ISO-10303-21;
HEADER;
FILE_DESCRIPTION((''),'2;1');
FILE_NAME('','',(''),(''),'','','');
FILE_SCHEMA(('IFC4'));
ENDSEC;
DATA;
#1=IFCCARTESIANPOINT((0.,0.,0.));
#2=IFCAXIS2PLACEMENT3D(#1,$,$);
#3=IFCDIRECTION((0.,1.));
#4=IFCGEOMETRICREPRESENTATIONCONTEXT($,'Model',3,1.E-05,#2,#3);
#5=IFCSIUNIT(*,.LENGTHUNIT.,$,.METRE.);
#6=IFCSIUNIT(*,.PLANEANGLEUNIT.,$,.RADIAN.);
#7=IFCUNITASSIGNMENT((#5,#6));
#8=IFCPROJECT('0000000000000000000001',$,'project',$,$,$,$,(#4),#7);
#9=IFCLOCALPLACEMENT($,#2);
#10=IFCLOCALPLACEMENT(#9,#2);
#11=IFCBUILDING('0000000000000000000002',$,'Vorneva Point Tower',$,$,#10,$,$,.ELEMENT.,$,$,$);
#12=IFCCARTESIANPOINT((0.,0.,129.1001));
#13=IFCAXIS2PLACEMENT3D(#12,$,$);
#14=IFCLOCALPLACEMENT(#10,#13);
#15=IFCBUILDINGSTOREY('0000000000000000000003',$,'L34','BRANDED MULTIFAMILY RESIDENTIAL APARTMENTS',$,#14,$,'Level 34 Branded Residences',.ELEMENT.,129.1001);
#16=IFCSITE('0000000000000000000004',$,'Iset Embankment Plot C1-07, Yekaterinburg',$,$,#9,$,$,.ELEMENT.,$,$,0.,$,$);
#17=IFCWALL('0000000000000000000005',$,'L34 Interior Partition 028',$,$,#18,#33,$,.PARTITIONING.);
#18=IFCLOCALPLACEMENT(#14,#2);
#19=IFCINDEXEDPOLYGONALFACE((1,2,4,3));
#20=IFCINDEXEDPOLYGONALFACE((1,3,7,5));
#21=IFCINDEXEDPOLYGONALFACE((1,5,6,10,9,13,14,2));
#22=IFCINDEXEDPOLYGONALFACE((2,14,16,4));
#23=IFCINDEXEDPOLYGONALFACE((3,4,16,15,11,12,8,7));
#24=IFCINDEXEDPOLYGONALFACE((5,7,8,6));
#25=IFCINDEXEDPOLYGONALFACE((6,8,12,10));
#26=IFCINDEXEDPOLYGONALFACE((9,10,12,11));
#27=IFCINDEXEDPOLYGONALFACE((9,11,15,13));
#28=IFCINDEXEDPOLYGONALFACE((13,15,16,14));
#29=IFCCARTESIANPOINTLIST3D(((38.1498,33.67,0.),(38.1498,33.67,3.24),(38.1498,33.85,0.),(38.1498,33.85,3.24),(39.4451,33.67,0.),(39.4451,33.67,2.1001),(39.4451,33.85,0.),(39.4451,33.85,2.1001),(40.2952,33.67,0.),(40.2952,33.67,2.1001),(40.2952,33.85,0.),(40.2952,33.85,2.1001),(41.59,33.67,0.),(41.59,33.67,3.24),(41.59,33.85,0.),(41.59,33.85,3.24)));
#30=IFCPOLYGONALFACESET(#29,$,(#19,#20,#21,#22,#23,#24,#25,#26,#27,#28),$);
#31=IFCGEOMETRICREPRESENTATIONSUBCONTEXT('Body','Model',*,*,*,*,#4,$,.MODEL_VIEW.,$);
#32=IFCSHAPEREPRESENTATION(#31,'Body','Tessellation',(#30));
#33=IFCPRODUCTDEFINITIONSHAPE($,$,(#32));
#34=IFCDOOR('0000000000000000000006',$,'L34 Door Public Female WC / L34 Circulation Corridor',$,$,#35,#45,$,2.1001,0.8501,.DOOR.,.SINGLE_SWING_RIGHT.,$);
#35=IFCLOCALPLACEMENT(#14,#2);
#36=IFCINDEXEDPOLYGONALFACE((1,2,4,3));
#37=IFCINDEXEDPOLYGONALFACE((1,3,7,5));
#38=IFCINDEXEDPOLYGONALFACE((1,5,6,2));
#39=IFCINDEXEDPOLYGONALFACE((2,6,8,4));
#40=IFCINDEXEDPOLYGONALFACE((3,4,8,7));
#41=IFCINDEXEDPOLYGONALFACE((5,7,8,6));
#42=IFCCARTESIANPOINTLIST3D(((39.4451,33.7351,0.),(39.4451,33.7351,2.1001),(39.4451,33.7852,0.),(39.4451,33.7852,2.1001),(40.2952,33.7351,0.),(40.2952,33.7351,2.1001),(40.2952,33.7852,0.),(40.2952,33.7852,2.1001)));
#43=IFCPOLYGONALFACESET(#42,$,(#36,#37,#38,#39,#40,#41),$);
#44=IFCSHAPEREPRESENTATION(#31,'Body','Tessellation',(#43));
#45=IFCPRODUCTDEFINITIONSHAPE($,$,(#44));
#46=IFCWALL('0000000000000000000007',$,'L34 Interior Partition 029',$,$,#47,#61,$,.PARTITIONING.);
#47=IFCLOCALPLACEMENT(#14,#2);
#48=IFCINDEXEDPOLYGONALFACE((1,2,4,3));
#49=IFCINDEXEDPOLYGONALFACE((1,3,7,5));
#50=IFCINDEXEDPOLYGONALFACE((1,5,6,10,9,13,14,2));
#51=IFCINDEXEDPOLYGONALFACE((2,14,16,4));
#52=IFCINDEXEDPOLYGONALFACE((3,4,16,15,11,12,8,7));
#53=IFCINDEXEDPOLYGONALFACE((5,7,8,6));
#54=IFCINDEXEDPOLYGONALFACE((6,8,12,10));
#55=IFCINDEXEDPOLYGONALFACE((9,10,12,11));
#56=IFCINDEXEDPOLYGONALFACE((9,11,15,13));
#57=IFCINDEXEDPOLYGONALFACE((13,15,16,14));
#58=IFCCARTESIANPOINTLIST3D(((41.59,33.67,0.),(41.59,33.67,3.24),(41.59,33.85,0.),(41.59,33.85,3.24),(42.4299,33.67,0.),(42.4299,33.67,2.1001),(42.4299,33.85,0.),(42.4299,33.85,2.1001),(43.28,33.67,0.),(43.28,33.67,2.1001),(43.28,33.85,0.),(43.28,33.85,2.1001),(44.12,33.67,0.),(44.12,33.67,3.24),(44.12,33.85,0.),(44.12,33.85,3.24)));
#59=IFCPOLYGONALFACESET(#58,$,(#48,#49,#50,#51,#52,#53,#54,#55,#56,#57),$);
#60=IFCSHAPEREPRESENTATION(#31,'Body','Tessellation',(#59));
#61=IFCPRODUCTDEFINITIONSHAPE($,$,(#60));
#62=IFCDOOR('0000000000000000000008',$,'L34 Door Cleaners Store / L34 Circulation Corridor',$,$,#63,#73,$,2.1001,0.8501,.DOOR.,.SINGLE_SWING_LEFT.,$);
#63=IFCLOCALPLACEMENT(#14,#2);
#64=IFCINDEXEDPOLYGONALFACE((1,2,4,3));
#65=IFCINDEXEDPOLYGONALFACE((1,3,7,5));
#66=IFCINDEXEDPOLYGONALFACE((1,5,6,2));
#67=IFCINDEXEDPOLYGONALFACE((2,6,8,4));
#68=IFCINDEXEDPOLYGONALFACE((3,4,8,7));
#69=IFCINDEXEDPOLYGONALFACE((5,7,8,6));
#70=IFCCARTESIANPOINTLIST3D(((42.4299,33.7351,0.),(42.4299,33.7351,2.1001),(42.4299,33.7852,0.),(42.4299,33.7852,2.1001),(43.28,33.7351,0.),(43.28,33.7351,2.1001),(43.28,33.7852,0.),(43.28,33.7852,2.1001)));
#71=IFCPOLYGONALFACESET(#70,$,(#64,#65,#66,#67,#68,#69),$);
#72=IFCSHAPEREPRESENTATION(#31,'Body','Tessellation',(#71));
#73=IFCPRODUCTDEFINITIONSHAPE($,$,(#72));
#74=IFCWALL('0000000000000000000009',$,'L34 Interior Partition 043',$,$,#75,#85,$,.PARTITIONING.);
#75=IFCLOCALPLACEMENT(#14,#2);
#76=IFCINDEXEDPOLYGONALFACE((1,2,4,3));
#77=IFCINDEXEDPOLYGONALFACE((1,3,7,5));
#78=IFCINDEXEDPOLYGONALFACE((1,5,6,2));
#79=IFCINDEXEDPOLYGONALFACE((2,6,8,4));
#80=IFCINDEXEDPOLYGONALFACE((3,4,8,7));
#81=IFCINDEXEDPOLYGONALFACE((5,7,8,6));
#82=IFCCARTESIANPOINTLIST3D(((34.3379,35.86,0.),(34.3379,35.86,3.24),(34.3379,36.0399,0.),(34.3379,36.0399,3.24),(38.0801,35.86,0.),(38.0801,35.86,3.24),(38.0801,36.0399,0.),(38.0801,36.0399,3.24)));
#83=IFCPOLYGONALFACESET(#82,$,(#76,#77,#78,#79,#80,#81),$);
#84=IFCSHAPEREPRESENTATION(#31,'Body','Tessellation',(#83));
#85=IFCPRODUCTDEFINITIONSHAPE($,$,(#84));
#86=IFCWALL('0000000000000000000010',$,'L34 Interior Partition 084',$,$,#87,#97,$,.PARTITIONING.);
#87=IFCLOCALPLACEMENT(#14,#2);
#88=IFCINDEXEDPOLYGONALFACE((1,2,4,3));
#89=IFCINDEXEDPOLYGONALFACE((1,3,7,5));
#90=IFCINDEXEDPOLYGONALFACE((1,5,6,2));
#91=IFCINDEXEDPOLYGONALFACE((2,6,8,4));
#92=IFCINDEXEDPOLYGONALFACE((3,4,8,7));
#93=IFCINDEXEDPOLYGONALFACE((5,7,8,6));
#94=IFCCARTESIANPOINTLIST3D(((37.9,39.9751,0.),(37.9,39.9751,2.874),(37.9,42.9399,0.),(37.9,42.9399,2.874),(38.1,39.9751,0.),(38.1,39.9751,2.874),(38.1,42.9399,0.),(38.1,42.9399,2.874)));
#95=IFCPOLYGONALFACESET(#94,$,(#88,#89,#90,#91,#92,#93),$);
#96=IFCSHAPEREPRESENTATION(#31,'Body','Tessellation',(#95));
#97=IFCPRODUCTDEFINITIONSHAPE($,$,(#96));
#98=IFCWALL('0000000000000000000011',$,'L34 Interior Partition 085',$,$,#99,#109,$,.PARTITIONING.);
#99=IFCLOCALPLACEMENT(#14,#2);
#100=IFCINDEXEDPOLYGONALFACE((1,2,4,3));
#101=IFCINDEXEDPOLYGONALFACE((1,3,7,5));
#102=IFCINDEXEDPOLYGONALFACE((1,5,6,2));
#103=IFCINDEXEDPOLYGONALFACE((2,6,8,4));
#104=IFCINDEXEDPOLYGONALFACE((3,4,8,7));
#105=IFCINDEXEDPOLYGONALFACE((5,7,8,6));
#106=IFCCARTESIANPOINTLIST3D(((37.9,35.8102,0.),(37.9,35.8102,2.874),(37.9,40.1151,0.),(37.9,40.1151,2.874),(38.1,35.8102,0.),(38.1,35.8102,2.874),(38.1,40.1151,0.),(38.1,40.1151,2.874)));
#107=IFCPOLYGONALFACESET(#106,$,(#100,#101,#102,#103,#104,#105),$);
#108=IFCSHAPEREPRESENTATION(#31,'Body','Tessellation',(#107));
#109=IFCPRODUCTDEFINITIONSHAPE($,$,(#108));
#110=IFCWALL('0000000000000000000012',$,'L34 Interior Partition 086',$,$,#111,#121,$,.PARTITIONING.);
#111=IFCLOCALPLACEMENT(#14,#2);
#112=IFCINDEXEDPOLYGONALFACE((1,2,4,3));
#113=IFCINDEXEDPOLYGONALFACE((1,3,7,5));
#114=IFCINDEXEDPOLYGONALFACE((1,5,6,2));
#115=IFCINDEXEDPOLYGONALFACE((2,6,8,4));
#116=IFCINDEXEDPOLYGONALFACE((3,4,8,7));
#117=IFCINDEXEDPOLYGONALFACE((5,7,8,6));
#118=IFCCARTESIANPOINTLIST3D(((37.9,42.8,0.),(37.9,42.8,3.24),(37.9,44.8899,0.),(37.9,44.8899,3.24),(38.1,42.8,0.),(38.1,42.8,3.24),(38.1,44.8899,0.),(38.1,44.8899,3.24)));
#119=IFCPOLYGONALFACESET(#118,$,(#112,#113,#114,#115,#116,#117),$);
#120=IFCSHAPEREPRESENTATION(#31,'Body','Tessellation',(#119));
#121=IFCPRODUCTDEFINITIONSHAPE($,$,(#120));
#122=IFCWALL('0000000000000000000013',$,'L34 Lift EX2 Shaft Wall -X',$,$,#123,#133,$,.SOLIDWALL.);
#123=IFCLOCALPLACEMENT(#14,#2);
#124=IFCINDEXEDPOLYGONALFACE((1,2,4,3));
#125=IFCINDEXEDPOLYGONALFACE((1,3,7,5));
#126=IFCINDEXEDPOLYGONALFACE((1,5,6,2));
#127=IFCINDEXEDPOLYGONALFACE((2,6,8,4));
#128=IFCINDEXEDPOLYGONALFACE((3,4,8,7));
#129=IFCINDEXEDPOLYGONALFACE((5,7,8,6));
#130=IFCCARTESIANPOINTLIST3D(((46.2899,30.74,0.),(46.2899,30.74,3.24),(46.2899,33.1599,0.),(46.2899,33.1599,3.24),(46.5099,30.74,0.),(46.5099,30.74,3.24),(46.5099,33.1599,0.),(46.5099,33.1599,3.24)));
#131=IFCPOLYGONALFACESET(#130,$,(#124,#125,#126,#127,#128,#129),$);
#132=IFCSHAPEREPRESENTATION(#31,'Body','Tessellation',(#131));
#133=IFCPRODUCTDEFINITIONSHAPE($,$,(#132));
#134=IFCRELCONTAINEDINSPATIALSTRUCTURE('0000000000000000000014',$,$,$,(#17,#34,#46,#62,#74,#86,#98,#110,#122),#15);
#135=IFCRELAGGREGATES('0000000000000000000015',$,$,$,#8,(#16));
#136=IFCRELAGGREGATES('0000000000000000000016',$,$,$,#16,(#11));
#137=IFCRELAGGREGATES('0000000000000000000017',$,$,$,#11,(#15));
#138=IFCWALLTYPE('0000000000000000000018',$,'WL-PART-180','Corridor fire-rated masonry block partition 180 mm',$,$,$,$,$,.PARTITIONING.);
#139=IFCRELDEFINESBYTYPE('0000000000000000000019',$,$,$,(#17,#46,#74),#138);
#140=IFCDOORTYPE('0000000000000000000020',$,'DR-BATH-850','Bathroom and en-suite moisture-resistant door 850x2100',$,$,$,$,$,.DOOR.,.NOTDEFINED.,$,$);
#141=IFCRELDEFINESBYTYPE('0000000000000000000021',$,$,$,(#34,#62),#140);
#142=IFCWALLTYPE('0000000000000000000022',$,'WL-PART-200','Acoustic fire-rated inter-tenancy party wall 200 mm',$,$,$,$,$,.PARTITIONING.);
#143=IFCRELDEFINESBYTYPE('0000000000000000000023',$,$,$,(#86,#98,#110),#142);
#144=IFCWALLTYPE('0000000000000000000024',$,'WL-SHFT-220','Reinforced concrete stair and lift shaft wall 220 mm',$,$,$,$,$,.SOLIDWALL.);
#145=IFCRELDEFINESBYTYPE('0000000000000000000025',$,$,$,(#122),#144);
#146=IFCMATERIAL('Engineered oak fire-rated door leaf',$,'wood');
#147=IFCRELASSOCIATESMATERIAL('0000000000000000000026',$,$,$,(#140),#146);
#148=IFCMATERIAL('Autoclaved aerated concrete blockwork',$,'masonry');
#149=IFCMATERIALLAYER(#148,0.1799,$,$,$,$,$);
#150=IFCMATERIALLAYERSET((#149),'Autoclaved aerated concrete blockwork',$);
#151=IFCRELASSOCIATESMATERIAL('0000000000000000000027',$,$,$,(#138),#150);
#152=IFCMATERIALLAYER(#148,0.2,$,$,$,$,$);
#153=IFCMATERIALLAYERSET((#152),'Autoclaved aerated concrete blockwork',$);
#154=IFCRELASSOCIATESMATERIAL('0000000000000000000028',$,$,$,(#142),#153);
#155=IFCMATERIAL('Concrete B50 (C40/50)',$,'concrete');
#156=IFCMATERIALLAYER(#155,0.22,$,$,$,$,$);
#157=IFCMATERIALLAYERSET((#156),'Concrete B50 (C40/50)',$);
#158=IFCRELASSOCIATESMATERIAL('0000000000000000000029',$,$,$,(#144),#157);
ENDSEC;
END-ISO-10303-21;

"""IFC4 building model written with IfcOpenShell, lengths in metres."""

from ifc_helpers import new_model, si_unit, direction, frame, frame_2d, origin, place, context, subcontext, project, spatial, rectangle, extrude, material, layer, layer_set, type_object, element, fill, save


model = new_model("IFC4")

# Units and contexts
model_context = context("Model", 3, precision=1e-05, world=origin(), true_north=direction((0.0, 1.0)))
body_context = subcontext(model_context, "Body", "Model", "MODEL_VIEW")
ifc_project = project(units=[si_unit("LENGTHUNIT", "METRE"), si_unit("PLANEANGLEUNIT", "RADIAN")], contexts=[model_context])

# Site, building, storey
site_placement = place(None, origin())
site = spatial("IfcSite", under=ifc_project, at=site_placement, Name="Iset Embankment Plot C1-07, Yekaterinburg", CompositionType="ELEMENT", RefElevation=0.0)
building_placement = place(site_placement, origin())
building = spatial("IfcBuilding", under=site, at=building_placement, Name="Vorneva Point Tower", CompositionType="ELEMENT")
storey_placement = place(building_placement, frame((0.0, 0.0, 129.1001)))
storey = spatial("IfcBuildingStorey", under=building, at=storey_placement, Name="L34", Description="BRANDED MULTIFAMILY RESIDENTIAL APARTMENTS", LongName="Level 34 Branded Residences", CompositionType="ELEMENT", Elevation=129.1001)

# Shared definitions
ifc_material_1 = material(Name="Engineered oak fire-rated door leaf", Category="wood")
door_type_1 = type_object("IfcDoorType", Name="DR-BATH-850", Description="Bathroom and en-suite moisture-resistant door 850x2100", OperationType="NOTDEFINED", PredefinedType="DOOR", material=ifc_material_1)

# Walls, openings, doors
ifc_material_2 = material(Name="Autoclaved aerated concrete blockwork", Category="masonry")
ifc_layer_1 = layer(ifc_material_2, 0.1799)
ifc_layer_set_1 = layer_set([ifc_layer_1], Name="Autoclaved aerated concrete blockwork")
wall_type_1 = type_object("IfcWallType", Name="WL-PART-180", Description="Corridor fire-rated masonry block partition 180 mm", PredefinedType="PARTITIONING", material=ifc_layer_set_1)
wall_1_placement = place(storey_placement, frame((41.5901, 33.76, 0.0), z_axis=(0.0, 0.0, 1.0), x_axis=(-1.0, 0.0, 0.0)))
wall_1 = element("IfcWall", 1, at=wall_1_placement, inside=storey, type_object=wall_type_1, Name="L34 Interior Partition 028", PredefinedType="PARTITIONING", context=body_context, shape_type="SweptSolid", body=[
    extrude(rectangle(XDim=3.4402, YDim=0.1799, at=frame_2d((1.7202, 0.0))), origin(), (0.0, 0.0, 1.0), 3.24),
])
opening_1_placement = place(wall_1_placement, frame((1.2949, 0.0, 0.0)))
opening_1 = element("IfcOpeningElement", 2, at=opening_1_placement, cuts=wall_1, PredefinedType="OPENING", context=body_context, shape_type="SweptSolid", body=[
    extrude(rectangle(XDim=0.8501, YDim=2.1001, at=frame_2d((0.425, 1.05))), frame((0.0, 0.105, 0.0), z_axis=(0.0, -1.0, 0.0), x_axis=(1.0, 0.0, 0.0)), (0.0, 0.0, 1.0), 0.2097),
])
door_1_placement = place(opening_1_placement, origin())
door_1 = element("IfcDoor", 3, at=door_1_placement, inside=storey, type_object=door_type_1, Name="L34 Door Public Female WC / L34 Circulation Corridor", OperationType="SINGLE_SWING_RIGHT", OverallHeight=2.1001, OverallWidth=0.8501, PredefinedType="DOOR", context=body_context, shape_type="SweptSolid", body=[
    extrude(rectangle(XDim=0.8501, YDim=2.1001, at=frame_2d((0.425, 1.05))), frame((0.0, 0.0249, 0.0), z_axis=(0.0, -1.0, 0.0), x_axis=(1.0, 0.0, 0.0)), (0.0, 0.0, 1.0), 0.05),
])
fill(opening_1, door_1)
wall_2_placement = place(storey_placement, frame((44.1201, 33.76, 0.0), z_axis=(0.0, 0.0, 1.0), x_axis=(-1.0, 0.0, 0.0)))
wall_2 = element("IfcWall", 4, at=wall_2_placement, inside=storey, type_object=wall_type_1, Name="L34 Interior Partition 029", PredefinedType="PARTITIONING", context=body_context, shape_type="SweptSolid", body=[
    extrude(rectangle(XDim=2.53, YDim=0.1799, at=frame_2d((1.2651, 0.0))), origin(), (0.0, 0.0, 1.0), 3.24),
])
opening_2_placement = place(wall_2_placement, frame((0.8401, 0.0, 0.0)))
opening_2 = element("IfcOpeningElement", 5, at=opening_2_placement, cuts=wall_2, PredefinedType="OPENING", context=body_context, shape_type="SweptSolid", body=[
    extrude(rectangle(XDim=0.8501, YDim=2.1001, at=frame_2d((0.425, 1.05))), frame((0.0, 0.105, 0.0), z_axis=(0.0, -1.0, 0.0), x_axis=(1.0, 0.0, 0.0)), (0.0, 0.0, 1.0), 0.2097),
])
door_2_placement = place(opening_2_placement, origin())
door_2 = element("IfcDoor", 6, at=door_2_placement, inside=storey, type_object=door_type_1, Name="L34 Door Cleaners Store / L34 Circulation Corridor", OperationType="SINGLE_SWING_LEFT", OverallHeight=2.1001, OverallWidth=0.8501, PredefinedType="DOOR", context=body_context, shape_type="SweptSolid", body=[
    extrude(rectangle(XDim=0.8501, YDim=2.1001, at=frame_2d((0.425, 1.05))), frame((0.0, 0.0249, 0.0), z_axis=(0.0, -1.0, 0.0), x_axis=(1.0, 0.0, 0.0)), (0.0, 0.0, 1.0), 0.05),
])
fill(opening_2, door_2)

# Walls
wall_3_placement = place(storey_placement, frame((38.0801, 35.95, 0.0), z_axis=(0.0, 0.0, 1.0), x_axis=(-1.0, 0.0, 0.0)))
element("IfcWall", 7, at=wall_3_placement, inside=storey, type_object=wall_type_1, Name="L34 Interior Partition 043", PredefinedType="PARTITIONING", context=body_context, shape_type="SweptSolid", body=[
    extrude(rectangle(XDim=3.7422, YDim=0.1799, at=frame_2d((1.8711, 0.0))), origin(), (0.0, 0.0, 1.0), 3.24),
])
ifc_layer_2 = layer(ifc_material_2, 0.2)
ifc_layer_set_2 = layer_set([ifc_layer_2], Name="Autoclaved aerated concrete blockwork")
wall_type_2 = type_object("IfcWallType", Name="WL-PART-200", Description="Acoustic fire-rated inter-tenancy party wall 200 mm", PredefinedType="PARTITIONING", material=ifc_layer_set_2)
wall_4_placement = place(storey_placement, frame((38.0, 42.9399, 0.0), z_axis=(0.0, 0.0, 1.0), x_axis=(0.0, -1.0, 0.0)))
element("IfcWall", 8, at=wall_4_placement, inside=storey, type_object=wall_type_2, Name="L34 Interior Partition 084", PredefinedType="PARTITIONING", context=body_context, shape_type="SweptSolid", body=[
    extrude(rectangle(XDim=2.9648, YDim=0.2, at=frame_2d((1.4824, 0.0))), origin(), (0.0, 0.0, 1.0), 2.874),
])
wall_5_placement = place(storey_placement, frame((38.0, 40.115, 0.0), z_axis=(0.0, 0.0, 1.0), x_axis=(0.0, -1.0, 0.0)))
element("IfcWall", 9, at=wall_5_placement, inside=storey, type_object=wall_type_2, Name="L34 Interior Partition 085", PredefinedType="PARTITIONING", context=body_context, shape_type="SweptSolid", body=[
    extrude(rectangle(XDim=4.3049, YDim=0.2, at=frame_2d((2.1523, 0.0))), origin(), (0.0, 0.0, 1.0), 2.874),
])
wall_6_placement = place(storey_placement, frame((38.0, 44.8899, 0.0), z_axis=(0.0, 0.0, 1.0), x_axis=(0.0, -1.0, 0.0)))
element("IfcWall", 10, at=wall_6_placement, inside=storey, type_object=wall_type_2, Name="L34 Interior Partition 086", PredefinedType="PARTITIONING", context=body_context, shape_type="SweptSolid", body=[
    extrude(rectangle(XDim=2.0898, YDim=0.2, at=frame_2d((1.0449, 0.0))), origin(), (0.0, 0.0, 1.0), 3.24),
])
ifc_material_3 = material(Name="Concrete B50 (C40/50)", Category="concrete")
ifc_layer_3 = layer(ifc_material_3, 0.22)
ifc_layer_set_3 = layer_set([ifc_layer_3], Name="Concrete B50 (C40/50)")
wall_type_3 = type_object("IfcWallType", Name="WL-SHFT-220", Description="Reinforced concrete stair and lift shaft wall 220 mm", PredefinedType="SOLIDWALL", material=ifc_layer_set_3)
wall_7_placement = place(storey_placement, frame((46.3999, 33.1599, 0.0), z_axis=(0.0, 0.0, 1.0), x_axis=(0.0, -1.0, 0.0)))
element("IfcWall", 11, at=wall_7_placement, inside=storey, type_object=wall_type_3, Name="L34 Lift EX2 Shaft Wall -X", PredefinedType="SOLIDWALL", context=body_context, shape_type="SweptSolid", body=[
    extrude(rectangle(XDim=2.4199, YDim=0.22, at=frame_2d((1.21, 0.0))), origin(), (0.0, 0.0, 1.0), 3.24),
])

save(model, "model.ifc")
